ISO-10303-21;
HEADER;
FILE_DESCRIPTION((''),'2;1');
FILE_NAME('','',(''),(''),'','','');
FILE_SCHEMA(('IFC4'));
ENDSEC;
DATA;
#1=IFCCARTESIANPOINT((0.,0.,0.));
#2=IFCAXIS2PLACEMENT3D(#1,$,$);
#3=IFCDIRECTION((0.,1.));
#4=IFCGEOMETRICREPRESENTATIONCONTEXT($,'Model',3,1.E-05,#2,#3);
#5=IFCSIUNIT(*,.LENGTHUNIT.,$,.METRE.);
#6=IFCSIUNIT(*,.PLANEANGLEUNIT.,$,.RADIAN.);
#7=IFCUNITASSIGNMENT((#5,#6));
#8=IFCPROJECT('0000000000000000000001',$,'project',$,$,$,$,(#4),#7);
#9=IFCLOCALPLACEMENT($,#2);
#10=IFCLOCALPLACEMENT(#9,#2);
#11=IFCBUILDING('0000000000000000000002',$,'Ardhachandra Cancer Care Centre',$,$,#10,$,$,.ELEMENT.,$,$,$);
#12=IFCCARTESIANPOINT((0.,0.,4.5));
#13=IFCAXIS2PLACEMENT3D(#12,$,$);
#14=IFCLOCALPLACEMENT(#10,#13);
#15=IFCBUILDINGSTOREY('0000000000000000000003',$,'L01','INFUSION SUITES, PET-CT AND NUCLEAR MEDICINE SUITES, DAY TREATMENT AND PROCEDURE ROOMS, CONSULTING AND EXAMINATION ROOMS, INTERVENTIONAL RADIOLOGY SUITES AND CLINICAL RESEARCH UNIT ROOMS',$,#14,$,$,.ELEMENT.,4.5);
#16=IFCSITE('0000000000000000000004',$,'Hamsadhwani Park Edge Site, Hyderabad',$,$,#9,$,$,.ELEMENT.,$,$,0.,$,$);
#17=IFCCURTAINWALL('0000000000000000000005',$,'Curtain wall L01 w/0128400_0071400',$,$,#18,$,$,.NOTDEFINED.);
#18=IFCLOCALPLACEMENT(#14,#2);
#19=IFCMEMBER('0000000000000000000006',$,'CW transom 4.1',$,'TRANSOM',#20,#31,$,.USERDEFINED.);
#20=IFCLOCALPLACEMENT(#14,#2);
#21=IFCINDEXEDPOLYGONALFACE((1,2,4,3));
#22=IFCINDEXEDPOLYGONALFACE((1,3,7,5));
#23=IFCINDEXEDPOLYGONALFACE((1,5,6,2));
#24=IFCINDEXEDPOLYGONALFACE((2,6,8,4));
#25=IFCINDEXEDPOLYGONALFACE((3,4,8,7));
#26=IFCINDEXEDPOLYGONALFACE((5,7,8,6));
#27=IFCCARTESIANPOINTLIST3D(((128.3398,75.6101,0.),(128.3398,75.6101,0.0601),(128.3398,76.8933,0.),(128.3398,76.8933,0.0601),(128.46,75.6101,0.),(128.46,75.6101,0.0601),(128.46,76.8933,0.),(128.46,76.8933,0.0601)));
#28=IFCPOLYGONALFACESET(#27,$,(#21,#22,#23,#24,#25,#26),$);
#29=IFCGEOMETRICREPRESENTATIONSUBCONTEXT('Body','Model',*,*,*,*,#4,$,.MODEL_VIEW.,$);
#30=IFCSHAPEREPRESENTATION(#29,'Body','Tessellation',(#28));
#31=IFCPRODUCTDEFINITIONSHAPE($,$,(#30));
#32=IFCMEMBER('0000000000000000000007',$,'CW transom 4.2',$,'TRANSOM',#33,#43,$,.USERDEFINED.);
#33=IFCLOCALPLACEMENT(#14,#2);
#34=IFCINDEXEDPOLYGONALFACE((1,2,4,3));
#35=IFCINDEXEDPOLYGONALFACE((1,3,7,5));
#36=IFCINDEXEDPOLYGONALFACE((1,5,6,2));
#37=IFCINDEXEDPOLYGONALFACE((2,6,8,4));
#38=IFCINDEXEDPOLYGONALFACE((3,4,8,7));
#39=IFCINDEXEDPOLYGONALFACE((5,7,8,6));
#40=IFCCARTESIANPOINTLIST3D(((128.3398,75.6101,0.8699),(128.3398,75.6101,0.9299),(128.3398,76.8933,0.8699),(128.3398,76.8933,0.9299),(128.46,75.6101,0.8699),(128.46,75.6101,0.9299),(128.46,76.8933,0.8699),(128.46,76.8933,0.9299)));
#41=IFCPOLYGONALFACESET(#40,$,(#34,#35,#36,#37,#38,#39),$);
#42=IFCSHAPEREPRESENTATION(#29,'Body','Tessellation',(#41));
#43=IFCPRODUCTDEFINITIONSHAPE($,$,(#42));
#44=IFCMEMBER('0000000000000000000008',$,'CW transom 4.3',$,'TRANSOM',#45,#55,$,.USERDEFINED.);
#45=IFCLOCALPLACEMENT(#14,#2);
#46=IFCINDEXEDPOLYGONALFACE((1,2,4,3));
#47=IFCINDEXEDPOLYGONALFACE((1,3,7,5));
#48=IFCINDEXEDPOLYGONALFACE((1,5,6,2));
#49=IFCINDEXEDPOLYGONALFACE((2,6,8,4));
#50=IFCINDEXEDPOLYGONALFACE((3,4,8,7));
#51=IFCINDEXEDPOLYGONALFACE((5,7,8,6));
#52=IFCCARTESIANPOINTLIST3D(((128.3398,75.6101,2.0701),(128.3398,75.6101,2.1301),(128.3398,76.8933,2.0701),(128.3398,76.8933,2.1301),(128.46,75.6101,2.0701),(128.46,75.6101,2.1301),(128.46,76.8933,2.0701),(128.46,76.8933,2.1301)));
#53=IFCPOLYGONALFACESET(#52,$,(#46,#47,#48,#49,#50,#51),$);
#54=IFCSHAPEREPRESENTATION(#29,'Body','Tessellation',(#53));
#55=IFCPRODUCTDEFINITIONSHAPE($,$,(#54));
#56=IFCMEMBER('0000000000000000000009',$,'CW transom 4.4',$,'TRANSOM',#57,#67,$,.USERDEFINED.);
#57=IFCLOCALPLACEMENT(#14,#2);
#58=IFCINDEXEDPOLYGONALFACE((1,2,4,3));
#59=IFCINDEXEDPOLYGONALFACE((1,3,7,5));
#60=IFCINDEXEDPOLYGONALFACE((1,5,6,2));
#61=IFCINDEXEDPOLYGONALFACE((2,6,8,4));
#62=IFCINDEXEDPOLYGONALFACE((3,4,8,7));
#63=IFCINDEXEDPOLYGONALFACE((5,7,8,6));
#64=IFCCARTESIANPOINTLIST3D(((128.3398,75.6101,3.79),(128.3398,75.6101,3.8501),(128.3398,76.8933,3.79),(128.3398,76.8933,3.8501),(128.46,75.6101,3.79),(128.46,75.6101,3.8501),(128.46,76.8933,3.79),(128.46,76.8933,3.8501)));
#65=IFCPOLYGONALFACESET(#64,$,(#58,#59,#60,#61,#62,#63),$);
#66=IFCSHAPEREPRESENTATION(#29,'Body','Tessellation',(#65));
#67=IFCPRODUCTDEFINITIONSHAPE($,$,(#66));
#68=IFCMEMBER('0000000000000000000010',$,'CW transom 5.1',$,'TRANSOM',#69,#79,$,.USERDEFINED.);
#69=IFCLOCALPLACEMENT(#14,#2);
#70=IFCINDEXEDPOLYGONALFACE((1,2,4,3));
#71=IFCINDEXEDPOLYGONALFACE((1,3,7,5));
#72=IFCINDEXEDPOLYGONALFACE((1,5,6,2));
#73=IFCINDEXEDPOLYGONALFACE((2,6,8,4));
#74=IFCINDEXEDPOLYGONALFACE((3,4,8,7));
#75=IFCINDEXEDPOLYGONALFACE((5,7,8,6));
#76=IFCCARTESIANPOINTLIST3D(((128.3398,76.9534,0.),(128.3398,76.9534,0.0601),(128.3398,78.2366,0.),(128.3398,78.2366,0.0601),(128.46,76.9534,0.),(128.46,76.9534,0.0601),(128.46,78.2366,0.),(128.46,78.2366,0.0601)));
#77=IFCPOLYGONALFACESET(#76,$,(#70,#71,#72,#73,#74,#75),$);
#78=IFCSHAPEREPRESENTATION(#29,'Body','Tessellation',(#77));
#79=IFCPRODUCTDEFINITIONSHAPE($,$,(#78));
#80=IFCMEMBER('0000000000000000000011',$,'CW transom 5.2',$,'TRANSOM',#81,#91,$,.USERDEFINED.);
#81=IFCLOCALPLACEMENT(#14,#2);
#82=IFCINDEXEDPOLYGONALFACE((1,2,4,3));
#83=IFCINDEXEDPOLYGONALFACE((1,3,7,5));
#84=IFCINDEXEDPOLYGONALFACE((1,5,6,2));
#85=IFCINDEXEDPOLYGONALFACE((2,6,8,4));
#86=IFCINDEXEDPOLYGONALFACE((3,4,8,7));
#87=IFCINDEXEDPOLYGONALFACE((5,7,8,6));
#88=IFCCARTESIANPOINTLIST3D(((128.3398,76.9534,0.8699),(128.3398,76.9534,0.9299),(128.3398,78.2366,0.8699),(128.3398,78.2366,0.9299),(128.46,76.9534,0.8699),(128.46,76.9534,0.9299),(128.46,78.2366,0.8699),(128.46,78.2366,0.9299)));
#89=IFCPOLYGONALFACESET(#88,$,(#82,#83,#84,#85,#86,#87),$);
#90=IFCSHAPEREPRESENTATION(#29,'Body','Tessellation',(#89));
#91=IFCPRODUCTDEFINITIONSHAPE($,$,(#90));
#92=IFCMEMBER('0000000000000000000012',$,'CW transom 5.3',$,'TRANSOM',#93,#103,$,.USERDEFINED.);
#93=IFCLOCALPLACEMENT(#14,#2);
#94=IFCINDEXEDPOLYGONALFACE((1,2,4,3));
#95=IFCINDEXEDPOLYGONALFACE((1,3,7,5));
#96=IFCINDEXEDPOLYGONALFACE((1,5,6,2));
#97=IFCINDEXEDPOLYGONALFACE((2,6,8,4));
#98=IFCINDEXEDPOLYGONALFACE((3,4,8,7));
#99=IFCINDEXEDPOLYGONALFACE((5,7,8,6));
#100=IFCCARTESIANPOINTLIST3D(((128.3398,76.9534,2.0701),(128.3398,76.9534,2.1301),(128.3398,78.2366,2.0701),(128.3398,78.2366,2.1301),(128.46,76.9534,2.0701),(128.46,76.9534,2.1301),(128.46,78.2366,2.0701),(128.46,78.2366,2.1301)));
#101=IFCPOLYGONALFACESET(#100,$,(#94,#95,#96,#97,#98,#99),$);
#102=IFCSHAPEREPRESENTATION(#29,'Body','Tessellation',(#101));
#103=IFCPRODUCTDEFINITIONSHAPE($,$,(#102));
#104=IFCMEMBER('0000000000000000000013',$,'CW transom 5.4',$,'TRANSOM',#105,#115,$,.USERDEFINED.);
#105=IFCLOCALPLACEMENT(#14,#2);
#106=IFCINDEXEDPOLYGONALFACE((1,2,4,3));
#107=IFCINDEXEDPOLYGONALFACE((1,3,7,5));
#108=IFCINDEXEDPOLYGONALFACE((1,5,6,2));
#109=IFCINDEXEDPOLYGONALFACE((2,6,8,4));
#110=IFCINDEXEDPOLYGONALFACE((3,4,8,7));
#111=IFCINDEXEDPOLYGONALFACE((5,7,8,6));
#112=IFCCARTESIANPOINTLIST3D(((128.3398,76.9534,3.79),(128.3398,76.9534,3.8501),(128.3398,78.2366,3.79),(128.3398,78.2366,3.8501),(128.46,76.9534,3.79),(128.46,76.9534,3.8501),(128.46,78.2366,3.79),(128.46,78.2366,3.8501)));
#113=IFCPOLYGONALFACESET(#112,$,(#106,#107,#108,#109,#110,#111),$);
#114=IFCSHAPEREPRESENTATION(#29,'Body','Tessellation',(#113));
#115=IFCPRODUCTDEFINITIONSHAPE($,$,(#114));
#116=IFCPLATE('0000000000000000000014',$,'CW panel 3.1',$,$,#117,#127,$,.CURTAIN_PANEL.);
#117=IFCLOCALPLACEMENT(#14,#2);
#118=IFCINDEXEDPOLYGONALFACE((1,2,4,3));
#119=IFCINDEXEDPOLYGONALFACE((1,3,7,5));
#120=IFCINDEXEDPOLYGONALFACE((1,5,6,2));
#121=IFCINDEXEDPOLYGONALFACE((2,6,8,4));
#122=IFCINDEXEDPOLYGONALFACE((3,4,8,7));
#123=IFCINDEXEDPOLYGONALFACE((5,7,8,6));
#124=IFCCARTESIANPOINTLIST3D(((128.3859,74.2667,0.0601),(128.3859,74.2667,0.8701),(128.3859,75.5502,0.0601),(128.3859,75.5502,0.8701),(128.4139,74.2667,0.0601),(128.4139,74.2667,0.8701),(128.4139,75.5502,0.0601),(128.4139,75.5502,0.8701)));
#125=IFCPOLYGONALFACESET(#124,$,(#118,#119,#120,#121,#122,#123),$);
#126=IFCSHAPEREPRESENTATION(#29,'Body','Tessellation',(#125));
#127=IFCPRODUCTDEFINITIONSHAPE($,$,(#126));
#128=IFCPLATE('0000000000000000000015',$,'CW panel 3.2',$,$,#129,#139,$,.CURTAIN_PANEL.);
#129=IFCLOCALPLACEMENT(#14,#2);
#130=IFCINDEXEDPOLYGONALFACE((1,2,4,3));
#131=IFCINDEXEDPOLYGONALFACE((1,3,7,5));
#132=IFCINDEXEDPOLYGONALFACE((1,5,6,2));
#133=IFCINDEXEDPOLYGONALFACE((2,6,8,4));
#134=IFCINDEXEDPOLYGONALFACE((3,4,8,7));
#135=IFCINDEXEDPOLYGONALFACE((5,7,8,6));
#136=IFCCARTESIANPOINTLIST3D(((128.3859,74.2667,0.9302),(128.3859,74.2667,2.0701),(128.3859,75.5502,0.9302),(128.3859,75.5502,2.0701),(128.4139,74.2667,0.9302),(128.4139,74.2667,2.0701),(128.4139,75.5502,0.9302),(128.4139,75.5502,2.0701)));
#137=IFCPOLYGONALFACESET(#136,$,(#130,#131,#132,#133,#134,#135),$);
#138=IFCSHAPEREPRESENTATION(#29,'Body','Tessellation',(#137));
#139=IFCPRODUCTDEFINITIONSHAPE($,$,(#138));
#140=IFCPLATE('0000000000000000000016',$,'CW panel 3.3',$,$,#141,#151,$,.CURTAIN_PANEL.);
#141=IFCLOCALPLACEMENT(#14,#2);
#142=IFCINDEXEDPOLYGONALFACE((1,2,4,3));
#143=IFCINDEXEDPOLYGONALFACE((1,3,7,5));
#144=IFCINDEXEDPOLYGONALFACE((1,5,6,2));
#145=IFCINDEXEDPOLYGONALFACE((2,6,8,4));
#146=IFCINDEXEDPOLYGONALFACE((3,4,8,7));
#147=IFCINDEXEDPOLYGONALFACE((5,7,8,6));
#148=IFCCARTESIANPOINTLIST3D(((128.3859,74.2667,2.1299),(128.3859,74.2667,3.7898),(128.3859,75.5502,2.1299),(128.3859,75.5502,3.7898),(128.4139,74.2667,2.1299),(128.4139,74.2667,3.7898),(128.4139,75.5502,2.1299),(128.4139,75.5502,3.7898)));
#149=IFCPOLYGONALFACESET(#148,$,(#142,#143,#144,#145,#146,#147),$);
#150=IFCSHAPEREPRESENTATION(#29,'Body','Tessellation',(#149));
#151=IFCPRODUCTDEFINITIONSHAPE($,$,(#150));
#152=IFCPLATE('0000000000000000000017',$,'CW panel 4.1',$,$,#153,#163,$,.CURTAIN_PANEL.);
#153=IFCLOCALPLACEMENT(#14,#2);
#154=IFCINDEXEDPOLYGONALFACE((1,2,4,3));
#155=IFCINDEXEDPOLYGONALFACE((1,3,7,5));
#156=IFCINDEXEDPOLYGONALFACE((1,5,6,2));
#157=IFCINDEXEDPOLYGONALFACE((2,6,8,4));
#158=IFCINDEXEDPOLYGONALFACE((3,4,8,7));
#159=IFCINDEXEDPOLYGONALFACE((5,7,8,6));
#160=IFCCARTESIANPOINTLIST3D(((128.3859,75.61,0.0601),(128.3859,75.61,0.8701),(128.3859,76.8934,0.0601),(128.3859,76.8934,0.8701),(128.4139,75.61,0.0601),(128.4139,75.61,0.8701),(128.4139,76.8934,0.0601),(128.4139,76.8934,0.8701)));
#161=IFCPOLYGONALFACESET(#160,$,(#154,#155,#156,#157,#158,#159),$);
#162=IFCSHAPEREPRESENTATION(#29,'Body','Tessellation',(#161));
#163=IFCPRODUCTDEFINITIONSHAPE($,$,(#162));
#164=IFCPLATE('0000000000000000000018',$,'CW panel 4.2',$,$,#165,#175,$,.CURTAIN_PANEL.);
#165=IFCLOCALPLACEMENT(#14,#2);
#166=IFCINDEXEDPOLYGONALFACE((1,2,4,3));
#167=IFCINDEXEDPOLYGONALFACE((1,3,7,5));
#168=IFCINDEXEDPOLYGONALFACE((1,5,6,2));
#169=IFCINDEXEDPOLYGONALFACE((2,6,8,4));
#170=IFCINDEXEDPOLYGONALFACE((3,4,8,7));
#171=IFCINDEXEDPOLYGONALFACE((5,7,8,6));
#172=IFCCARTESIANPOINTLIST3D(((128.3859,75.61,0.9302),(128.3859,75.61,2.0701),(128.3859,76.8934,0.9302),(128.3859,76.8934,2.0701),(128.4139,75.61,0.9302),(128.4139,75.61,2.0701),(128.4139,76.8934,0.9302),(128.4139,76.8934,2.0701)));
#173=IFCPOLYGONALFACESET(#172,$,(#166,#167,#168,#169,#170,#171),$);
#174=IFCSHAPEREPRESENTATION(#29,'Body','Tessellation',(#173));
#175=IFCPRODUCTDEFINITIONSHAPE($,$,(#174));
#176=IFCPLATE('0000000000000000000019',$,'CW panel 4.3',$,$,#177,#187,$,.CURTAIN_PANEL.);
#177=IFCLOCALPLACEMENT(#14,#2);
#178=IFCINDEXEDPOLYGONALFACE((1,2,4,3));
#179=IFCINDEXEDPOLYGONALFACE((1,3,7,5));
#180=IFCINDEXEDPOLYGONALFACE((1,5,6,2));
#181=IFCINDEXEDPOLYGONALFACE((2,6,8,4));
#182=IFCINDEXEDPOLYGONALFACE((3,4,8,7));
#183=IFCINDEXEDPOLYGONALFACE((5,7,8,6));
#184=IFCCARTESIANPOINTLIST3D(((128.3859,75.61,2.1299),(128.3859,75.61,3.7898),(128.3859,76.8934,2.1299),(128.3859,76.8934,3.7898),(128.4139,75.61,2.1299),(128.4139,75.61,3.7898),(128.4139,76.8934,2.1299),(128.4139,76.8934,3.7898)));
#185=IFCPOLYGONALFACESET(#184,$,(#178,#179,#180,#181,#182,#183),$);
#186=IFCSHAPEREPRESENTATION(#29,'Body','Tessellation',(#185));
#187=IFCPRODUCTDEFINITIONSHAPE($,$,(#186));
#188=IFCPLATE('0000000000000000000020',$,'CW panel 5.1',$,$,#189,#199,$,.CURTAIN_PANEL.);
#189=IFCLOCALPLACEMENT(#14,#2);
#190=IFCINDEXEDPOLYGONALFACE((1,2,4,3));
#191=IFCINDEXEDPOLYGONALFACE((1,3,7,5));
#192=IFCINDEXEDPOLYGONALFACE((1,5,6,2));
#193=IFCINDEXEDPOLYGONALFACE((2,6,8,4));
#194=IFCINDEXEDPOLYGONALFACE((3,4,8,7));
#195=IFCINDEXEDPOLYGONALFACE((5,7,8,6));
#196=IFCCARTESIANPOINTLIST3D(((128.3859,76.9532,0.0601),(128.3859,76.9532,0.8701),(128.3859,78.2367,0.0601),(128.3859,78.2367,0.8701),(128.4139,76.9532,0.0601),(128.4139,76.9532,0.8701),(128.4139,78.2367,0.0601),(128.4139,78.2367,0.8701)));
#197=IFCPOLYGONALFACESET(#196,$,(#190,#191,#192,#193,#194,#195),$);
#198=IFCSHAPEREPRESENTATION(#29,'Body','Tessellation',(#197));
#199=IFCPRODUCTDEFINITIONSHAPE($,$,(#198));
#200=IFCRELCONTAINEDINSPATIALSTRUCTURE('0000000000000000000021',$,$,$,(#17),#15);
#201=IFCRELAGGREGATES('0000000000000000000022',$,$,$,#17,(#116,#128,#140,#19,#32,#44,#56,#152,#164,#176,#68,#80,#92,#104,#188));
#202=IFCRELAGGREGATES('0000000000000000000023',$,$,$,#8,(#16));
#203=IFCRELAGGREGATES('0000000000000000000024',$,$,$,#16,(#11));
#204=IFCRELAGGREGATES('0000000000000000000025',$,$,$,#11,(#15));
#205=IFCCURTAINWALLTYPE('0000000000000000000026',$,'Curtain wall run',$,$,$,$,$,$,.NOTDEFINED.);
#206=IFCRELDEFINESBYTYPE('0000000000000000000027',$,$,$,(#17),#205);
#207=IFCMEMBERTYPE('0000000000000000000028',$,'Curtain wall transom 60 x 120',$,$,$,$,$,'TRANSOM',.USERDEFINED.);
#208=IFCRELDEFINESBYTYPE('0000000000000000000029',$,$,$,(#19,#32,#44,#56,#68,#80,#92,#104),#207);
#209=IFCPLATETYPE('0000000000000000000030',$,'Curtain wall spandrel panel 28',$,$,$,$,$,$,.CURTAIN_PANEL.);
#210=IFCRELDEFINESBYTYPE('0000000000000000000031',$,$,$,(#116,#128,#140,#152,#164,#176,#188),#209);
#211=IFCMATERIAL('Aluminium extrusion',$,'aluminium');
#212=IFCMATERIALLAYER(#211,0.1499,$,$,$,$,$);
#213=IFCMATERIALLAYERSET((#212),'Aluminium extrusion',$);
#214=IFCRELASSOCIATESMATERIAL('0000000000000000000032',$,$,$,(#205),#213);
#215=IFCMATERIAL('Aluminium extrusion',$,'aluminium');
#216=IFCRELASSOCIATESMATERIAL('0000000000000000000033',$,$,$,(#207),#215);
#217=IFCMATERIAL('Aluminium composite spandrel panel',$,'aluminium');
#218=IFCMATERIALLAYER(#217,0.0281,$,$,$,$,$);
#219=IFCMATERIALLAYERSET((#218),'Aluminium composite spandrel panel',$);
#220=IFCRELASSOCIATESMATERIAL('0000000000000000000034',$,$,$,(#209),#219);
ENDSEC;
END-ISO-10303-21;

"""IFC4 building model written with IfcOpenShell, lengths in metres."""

from ifc_helpers import new_model, si_unit, direction, frame, origin, origin_2d, place, context, subcontext, project, spatial, rectangle, extrude, material, layer, layer_set, material_profile, profile_set, type_object, element, aggregate, save


model = new_model("IFC4")

# Units and contexts
model_context = context("Model", 3, precision=1e-05, world=origin(), true_north=direction((0.0, 1.0)))
body_context = subcontext(model_context, "Body", "Model", "MODEL_VIEW")
ifc_project = project(units=[si_unit("LENGTHUNIT", "METRE"), si_unit("PLANEANGLEUNIT", "RADIAN")], contexts=[model_context])

# Site, building, storey
site_placement = place(None, origin())
site = spatial("IfcSite", under=ifc_project, at=site_placement, Name="Hamsadhwani Park Edge Site, Hyderabad", CompositionType="ELEMENT", RefElevation=0.0)
building_placement = place(site_placement, origin())
building = spatial("IfcBuilding", under=site, at=building_placement, Name="Ardhachandra Cancer Care Centre", CompositionType="ELEMENT")
storey_placement = place(building_placement, frame((0.0, 0.0, 4.5)))
storey = spatial("IfcBuildingStorey", under=building, at=storey_placement, Name="L01", Description="INFUSION SUITES, PET-CT AND NUCLEAR MEDICINE SUITES, DAY TREATMENT AND PROCEDURE ROOMS, CONSULTING AND EXAMINATION ROOMS, INTERVENTIONAL RADIOLOGY SUITES AND CLINICAL RESEARCH UNIT ROOMS", CompositionType="ELEMENT", Elevation=4.5)

# Curtain wall, members, plates
ifc_material_1 = material(Name="Aluminium extrusion", Category="aluminium")
ifc_layer_1 = layer(ifc_material_1, 0.1499)
ifc_layer_set_1 = layer_set([ifc_layer_1], Name="Aluminium extrusion")
curtain_wall_type = type_object("IfcCurtainWallType", Name="Curtain wall run", PredefinedType="NOTDEFINED", material=ifc_layer_set_1)
curtain_wall_placement = place(storey_placement, origin())
curtain_wall = element("IfcCurtainWall", 1, at=curtain_wall_placement, inside=storey, type_object=curtain_wall_type, Name="Curtain wall L01 w/0128400_0071400", PredefinedType="NOTDEFINED")
ifc_material_2 = material(Name="Aluminium extrusion", Category="aluminium")
ifc_material_profile_1 = material_profile(ifc_material_2, rectangle(XDim=0.1201, YDim=0.0601, at=origin_2d()), Name="Curtain wall transom 60 x 120")
ifc_profile_set_1 = profile_set([ifc_material_profile_1], Name="Aluminium extrusion")
member_type_1 = type_object("IfcMemberType", Name="Curtain wall transom 60 x 120", ElementType="TRANSOM", PredefinedType="USERDEFINED", material=ifc_profile_set_1)
member_1_placement = place(storey_placement, frame((128.3999, 75.6101, 0.03), z_axis=(0.0, 1.0, 0.0), x_axis=(-1.0, 0.0, 0.0)))
member_1 = element("IfcMember", 2, at=member_1_placement, type_object=member_type_1, Name="CW transom 4.1", ObjectType="TRANSOM", PredefinedType="USERDEFINED", context=body_context, shape_type="SweptSolid", body=[
    extrude(rectangle(XDim=0.1201, YDim=0.0601, at=origin_2d()), origin(), (0.0, 0.0, 1.0), 1.2832),
])
member_2_placement = place(storey_placement, frame((128.3999, 75.6101, 0.8999), z_axis=(0.0, 1.0, 0.0), x_axis=(-1.0, 0.0, 0.0)))
member_2 = element("IfcMember", 3, at=member_2_placement, type_object=member_type_1, Name="CW transom 4.2", ObjectType="TRANSOM", PredefinedType="USERDEFINED", context=body_context, shape_type="SweptSolid", body=[
    extrude(rectangle(XDim=0.1201, YDim=0.0601, at=origin_2d()), origin(), (0.0, 0.0, 1.0), 1.2832),
])
member_3_placement = place(storey_placement, frame((128.3999, 75.6101, 2.1001), z_axis=(0.0, 1.0, 0.0), x_axis=(-1.0, 0.0, 0.0)))
member_3 = element("IfcMember", 4, at=member_3_placement, type_object=member_type_1, Name="CW transom 4.3", ObjectType="TRANSOM", PredefinedType="USERDEFINED", context=body_context, shape_type="SweptSolid", body=[
    extrude(rectangle(XDim=0.1201, YDim=0.0601, at=origin_2d()), origin(), (0.0, 0.0, 1.0), 1.2832),
])
member_4_placement = place(storey_placement, frame((128.3999, 75.6101, 3.8201), z_axis=(0.0, 1.0, 0.0), x_axis=(-1.0, 0.0, 0.0)))
member_4 = element("IfcMember", 5, at=member_4_placement, type_object=member_type_1, Name="CW transom 4.4", ObjectType="TRANSOM", PredefinedType="USERDEFINED", context=body_context, shape_type="SweptSolid", body=[
    extrude(rectangle(XDim=0.1201, YDim=0.0601, at=origin_2d()), origin(), (0.0, 0.0, 1.0), 1.2832),
])
member_5_placement = place(storey_placement, frame((128.3999, 76.9534, 0.03), z_axis=(0.0, 1.0, 0.0), x_axis=(-1.0, 0.0, 0.0)))
member_5 = element("IfcMember", 6, at=member_5_placement, type_object=member_type_1, Name="CW transom 5.1", ObjectType="TRANSOM", PredefinedType="USERDEFINED", context=body_context, shape_type="SweptSolid", body=[
    extrude(rectangle(XDim=0.1201, YDim=0.0601, at=origin_2d()), origin(), (0.0, 0.0, 1.0), 1.2832),
])
member_6_placement = place(storey_placement, frame((128.3999, 76.9534, 0.8999), z_axis=(0.0, 1.0, 0.0), x_axis=(-1.0, 0.0, 0.0)))
member_6 = element("IfcMember", 7, at=member_6_placement, type_object=member_type_1, Name="CW transom 5.2", ObjectType="TRANSOM", PredefinedType="USERDEFINED", context=body_context, shape_type="SweptSolid", body=[
    extrude(rectangle(XDim=0.1201, YDim=0.0601, at=origin_2d()), origin(), (0.0, 0.0, 1.0), 1.2832),
])
member_7_placement = place(storey_placement, frame((128.3999, 76.9534, 2.1001), z_axis=(0.0, 1.0, 0.0), x_axis=(-1.0, 0.0, 0.0)))
member_7 = element("IfcMember", 8, at=member_7_placement, type_object=member_type_1, Name="CW transom 5.3", ObjectType="TRANSOM", PredefinedType="USERDEFINED", context=body_context, shape_type="SweptSolid", body=[
    extrude(rectangle(XDim=0.1201, YDim=0.0601, at=origin_2d()), origin(), (0.0, 0.0, 1.0), 1.2832),
])
member_8_placement = place(storey_placement, frame((128.3999, 76.9534, 3.8201), z_axis=(0.0, 1.0, 0.0), x_axis=(-1.0, 0.0, 0.0)))
member_8 = element("IfcMember", 9, at=member_8_placement, type_object=member_type_1, Name="CW transom 5.4", ObjectType="TRANSOM", PredefinedType="USERDEFINED", context=body_context, shape_type="SweptSolid", body=[
    extrude(rectangle(XDim=0.1201, YDim=0.0601, at=origin_2d()), origin(), (0.0, 0.0, 1.0), 1.2832),
])
ifc_material_3 = material(Name="Aluminium composite spandrel panel", Category="aluminium")
ifc_layer_2 = layer(ifc_material_3, 0.0281)
ifc_layer_set_2 = layer_set([ifc_layer_2], Name="Aluminium composite spandrel panel")
plate_type = type_object("IfcPlateType", Name="Curtain wall spandrel panel 28", PredefinedType="CURTAIN_PANEL", material=ifc_layer_set_2)
plate_1_placement = place(storey_placement, frame((128.3999, 74.9084, 0.0601), z_axis=(0.0, 0.0, 1.0), x_axis=(0.0, 1.0, 0.0)))
plate_1 = element("IfcPlate", 10, at=plate_1_placement, type_object=plate_type, Name="CW panel 3.1", PredefinedType="CURTAIN_PANEL", context=body_context, shape_type="SweptSolid", body=[
    extrude(rectangle(XDim=1.2834, YDim=0.0281, at=origin_2d()), origin(), (0.0, 0.0, 1.0), 0.8101),
])
plate_2_placement = place(storey_placement, frame((128.3999, 74.9084, 0.9302), z_axis=(0.0, 0.0, 1.0), x_axis=(0.0, 1.0, 0.0)))
plate_2 = element("IfcPlate", 11, at=plate_2_placement, type_object=plate_type, Name="CW panel 3.2", PredefinedType="CURTAIN_PANEL", context=body_context, shape_type="SweptSolid", body=[
    extrude(rectangle(XDim=1.2834, YDim=0.0281, at=origin_2d()), origin(), (0.0, 0.0, 1.0), 1.1399),
])
plate_3_placement = place(storey_placement, frame((128.3999, 74.9084, 2.1299), z_axis=(0.0, 0.0, 1.0), x_axis=(0.0, 1.0, 0.0)))
plate_3 = element("IfcPlate", 12, at=plate_3_placement, type_object=plate_type, Name="CW panel 3.3", PredefinedType="CURTAIN_PANEL", context=body_context, shape_type="SweptSolid", body=[
    extrude(rectangle(XDim=1.2834, YDim=0.0281, at=origin_2d()), origin(), (0.0, 0.0, 1.0), 1.6599),
])
plate_4_placement = place(storey_placement, frame((128.3999, 76.2517, 0.0601), z_axis=(0.0, 0.0, 1.0), x_axis=(0.0, 1.0, 0.0)))
plate_4 = element("IfcPlate", 13, at=plate_4_placement, type_object=plate_type, Name="CW panel 4.1", PredefinedType="CURTAIN_PANEL", context=body_context, shape_type="SweptSolid", body=[
    extrude(rectangle(XDim=1.2834, YDim=0.0281, at=origin_2d()), origin(), (0.0, 0.0, 1.0), 0.8101),
])
plate_5_placement = place(storey_placement, frame((128.3999, 76.2517, 0.9302), z_axis=(0.0, 0.0, 1.0), x_axis=(0.0, 1.0, 0.0)))
plate_5 = element("IfcPlate", 14, at=plate_5_placement, type_object=plate_type, Name="CW panel 4.2", PredefinedType="CURTAIN_PANEL", context=body_context, shape_type="SweptSolid", body=[
    extrude(rectangle(XDim=1.2834, YDim=0.0281, at=origin_2d()), origin(), (0.0, 0.0, 1.0), 1.1399),
])
plate_6_placement = place(storey_placement, frame((128.3999, 76.2517, 2.1299), z_axis=(0.0, 0.0, 1.0), x_axis=(0.0, 1.0, 0.0)))
plate_6 = element("IfcPlate", 15, at=plate_6_placement, type_object=plate_type, Name="CW panel 4.3", PredefinedType="CURTAIN_PANEL", context=body_context, shape_type="SweptSolid", body=[
    extrude(rectangle(XDim=1.2834, YDim=0.0281, at=origin_2d()), origin(), (0.0, 0.0, 1.0), 1.6599),
])
plate_7_placement = place(storey_placement, frame((128.3999, 77.595, 0.0601), z_axis=(0.0, 0.0, 1.0), x_axis=(0.0, 1.0, 0.0)))
plate_7 = element("IfcPlate", 16, at=plate_7_placement, type_object=plate_type, Name="CW panel 5.1", PredefinedType="CURTAIN_PANEL", context=body_context, shape_type="SweptSolid", body=[
    extrude(rectangle(XDim=1.2834, YDim=0.0281, at=origin_2d()), origin(), (0.0, 0.0, 1.0), 0.8101),
])
aggregate(curtain_wall, [plate_1, plate_2, plate_3, member_1, member_2, member_3, member_4, plate_4, plate_5, plate_6, member_5, member_6, member_7, member_8, plate_7])

save(model, "model.ifc")
